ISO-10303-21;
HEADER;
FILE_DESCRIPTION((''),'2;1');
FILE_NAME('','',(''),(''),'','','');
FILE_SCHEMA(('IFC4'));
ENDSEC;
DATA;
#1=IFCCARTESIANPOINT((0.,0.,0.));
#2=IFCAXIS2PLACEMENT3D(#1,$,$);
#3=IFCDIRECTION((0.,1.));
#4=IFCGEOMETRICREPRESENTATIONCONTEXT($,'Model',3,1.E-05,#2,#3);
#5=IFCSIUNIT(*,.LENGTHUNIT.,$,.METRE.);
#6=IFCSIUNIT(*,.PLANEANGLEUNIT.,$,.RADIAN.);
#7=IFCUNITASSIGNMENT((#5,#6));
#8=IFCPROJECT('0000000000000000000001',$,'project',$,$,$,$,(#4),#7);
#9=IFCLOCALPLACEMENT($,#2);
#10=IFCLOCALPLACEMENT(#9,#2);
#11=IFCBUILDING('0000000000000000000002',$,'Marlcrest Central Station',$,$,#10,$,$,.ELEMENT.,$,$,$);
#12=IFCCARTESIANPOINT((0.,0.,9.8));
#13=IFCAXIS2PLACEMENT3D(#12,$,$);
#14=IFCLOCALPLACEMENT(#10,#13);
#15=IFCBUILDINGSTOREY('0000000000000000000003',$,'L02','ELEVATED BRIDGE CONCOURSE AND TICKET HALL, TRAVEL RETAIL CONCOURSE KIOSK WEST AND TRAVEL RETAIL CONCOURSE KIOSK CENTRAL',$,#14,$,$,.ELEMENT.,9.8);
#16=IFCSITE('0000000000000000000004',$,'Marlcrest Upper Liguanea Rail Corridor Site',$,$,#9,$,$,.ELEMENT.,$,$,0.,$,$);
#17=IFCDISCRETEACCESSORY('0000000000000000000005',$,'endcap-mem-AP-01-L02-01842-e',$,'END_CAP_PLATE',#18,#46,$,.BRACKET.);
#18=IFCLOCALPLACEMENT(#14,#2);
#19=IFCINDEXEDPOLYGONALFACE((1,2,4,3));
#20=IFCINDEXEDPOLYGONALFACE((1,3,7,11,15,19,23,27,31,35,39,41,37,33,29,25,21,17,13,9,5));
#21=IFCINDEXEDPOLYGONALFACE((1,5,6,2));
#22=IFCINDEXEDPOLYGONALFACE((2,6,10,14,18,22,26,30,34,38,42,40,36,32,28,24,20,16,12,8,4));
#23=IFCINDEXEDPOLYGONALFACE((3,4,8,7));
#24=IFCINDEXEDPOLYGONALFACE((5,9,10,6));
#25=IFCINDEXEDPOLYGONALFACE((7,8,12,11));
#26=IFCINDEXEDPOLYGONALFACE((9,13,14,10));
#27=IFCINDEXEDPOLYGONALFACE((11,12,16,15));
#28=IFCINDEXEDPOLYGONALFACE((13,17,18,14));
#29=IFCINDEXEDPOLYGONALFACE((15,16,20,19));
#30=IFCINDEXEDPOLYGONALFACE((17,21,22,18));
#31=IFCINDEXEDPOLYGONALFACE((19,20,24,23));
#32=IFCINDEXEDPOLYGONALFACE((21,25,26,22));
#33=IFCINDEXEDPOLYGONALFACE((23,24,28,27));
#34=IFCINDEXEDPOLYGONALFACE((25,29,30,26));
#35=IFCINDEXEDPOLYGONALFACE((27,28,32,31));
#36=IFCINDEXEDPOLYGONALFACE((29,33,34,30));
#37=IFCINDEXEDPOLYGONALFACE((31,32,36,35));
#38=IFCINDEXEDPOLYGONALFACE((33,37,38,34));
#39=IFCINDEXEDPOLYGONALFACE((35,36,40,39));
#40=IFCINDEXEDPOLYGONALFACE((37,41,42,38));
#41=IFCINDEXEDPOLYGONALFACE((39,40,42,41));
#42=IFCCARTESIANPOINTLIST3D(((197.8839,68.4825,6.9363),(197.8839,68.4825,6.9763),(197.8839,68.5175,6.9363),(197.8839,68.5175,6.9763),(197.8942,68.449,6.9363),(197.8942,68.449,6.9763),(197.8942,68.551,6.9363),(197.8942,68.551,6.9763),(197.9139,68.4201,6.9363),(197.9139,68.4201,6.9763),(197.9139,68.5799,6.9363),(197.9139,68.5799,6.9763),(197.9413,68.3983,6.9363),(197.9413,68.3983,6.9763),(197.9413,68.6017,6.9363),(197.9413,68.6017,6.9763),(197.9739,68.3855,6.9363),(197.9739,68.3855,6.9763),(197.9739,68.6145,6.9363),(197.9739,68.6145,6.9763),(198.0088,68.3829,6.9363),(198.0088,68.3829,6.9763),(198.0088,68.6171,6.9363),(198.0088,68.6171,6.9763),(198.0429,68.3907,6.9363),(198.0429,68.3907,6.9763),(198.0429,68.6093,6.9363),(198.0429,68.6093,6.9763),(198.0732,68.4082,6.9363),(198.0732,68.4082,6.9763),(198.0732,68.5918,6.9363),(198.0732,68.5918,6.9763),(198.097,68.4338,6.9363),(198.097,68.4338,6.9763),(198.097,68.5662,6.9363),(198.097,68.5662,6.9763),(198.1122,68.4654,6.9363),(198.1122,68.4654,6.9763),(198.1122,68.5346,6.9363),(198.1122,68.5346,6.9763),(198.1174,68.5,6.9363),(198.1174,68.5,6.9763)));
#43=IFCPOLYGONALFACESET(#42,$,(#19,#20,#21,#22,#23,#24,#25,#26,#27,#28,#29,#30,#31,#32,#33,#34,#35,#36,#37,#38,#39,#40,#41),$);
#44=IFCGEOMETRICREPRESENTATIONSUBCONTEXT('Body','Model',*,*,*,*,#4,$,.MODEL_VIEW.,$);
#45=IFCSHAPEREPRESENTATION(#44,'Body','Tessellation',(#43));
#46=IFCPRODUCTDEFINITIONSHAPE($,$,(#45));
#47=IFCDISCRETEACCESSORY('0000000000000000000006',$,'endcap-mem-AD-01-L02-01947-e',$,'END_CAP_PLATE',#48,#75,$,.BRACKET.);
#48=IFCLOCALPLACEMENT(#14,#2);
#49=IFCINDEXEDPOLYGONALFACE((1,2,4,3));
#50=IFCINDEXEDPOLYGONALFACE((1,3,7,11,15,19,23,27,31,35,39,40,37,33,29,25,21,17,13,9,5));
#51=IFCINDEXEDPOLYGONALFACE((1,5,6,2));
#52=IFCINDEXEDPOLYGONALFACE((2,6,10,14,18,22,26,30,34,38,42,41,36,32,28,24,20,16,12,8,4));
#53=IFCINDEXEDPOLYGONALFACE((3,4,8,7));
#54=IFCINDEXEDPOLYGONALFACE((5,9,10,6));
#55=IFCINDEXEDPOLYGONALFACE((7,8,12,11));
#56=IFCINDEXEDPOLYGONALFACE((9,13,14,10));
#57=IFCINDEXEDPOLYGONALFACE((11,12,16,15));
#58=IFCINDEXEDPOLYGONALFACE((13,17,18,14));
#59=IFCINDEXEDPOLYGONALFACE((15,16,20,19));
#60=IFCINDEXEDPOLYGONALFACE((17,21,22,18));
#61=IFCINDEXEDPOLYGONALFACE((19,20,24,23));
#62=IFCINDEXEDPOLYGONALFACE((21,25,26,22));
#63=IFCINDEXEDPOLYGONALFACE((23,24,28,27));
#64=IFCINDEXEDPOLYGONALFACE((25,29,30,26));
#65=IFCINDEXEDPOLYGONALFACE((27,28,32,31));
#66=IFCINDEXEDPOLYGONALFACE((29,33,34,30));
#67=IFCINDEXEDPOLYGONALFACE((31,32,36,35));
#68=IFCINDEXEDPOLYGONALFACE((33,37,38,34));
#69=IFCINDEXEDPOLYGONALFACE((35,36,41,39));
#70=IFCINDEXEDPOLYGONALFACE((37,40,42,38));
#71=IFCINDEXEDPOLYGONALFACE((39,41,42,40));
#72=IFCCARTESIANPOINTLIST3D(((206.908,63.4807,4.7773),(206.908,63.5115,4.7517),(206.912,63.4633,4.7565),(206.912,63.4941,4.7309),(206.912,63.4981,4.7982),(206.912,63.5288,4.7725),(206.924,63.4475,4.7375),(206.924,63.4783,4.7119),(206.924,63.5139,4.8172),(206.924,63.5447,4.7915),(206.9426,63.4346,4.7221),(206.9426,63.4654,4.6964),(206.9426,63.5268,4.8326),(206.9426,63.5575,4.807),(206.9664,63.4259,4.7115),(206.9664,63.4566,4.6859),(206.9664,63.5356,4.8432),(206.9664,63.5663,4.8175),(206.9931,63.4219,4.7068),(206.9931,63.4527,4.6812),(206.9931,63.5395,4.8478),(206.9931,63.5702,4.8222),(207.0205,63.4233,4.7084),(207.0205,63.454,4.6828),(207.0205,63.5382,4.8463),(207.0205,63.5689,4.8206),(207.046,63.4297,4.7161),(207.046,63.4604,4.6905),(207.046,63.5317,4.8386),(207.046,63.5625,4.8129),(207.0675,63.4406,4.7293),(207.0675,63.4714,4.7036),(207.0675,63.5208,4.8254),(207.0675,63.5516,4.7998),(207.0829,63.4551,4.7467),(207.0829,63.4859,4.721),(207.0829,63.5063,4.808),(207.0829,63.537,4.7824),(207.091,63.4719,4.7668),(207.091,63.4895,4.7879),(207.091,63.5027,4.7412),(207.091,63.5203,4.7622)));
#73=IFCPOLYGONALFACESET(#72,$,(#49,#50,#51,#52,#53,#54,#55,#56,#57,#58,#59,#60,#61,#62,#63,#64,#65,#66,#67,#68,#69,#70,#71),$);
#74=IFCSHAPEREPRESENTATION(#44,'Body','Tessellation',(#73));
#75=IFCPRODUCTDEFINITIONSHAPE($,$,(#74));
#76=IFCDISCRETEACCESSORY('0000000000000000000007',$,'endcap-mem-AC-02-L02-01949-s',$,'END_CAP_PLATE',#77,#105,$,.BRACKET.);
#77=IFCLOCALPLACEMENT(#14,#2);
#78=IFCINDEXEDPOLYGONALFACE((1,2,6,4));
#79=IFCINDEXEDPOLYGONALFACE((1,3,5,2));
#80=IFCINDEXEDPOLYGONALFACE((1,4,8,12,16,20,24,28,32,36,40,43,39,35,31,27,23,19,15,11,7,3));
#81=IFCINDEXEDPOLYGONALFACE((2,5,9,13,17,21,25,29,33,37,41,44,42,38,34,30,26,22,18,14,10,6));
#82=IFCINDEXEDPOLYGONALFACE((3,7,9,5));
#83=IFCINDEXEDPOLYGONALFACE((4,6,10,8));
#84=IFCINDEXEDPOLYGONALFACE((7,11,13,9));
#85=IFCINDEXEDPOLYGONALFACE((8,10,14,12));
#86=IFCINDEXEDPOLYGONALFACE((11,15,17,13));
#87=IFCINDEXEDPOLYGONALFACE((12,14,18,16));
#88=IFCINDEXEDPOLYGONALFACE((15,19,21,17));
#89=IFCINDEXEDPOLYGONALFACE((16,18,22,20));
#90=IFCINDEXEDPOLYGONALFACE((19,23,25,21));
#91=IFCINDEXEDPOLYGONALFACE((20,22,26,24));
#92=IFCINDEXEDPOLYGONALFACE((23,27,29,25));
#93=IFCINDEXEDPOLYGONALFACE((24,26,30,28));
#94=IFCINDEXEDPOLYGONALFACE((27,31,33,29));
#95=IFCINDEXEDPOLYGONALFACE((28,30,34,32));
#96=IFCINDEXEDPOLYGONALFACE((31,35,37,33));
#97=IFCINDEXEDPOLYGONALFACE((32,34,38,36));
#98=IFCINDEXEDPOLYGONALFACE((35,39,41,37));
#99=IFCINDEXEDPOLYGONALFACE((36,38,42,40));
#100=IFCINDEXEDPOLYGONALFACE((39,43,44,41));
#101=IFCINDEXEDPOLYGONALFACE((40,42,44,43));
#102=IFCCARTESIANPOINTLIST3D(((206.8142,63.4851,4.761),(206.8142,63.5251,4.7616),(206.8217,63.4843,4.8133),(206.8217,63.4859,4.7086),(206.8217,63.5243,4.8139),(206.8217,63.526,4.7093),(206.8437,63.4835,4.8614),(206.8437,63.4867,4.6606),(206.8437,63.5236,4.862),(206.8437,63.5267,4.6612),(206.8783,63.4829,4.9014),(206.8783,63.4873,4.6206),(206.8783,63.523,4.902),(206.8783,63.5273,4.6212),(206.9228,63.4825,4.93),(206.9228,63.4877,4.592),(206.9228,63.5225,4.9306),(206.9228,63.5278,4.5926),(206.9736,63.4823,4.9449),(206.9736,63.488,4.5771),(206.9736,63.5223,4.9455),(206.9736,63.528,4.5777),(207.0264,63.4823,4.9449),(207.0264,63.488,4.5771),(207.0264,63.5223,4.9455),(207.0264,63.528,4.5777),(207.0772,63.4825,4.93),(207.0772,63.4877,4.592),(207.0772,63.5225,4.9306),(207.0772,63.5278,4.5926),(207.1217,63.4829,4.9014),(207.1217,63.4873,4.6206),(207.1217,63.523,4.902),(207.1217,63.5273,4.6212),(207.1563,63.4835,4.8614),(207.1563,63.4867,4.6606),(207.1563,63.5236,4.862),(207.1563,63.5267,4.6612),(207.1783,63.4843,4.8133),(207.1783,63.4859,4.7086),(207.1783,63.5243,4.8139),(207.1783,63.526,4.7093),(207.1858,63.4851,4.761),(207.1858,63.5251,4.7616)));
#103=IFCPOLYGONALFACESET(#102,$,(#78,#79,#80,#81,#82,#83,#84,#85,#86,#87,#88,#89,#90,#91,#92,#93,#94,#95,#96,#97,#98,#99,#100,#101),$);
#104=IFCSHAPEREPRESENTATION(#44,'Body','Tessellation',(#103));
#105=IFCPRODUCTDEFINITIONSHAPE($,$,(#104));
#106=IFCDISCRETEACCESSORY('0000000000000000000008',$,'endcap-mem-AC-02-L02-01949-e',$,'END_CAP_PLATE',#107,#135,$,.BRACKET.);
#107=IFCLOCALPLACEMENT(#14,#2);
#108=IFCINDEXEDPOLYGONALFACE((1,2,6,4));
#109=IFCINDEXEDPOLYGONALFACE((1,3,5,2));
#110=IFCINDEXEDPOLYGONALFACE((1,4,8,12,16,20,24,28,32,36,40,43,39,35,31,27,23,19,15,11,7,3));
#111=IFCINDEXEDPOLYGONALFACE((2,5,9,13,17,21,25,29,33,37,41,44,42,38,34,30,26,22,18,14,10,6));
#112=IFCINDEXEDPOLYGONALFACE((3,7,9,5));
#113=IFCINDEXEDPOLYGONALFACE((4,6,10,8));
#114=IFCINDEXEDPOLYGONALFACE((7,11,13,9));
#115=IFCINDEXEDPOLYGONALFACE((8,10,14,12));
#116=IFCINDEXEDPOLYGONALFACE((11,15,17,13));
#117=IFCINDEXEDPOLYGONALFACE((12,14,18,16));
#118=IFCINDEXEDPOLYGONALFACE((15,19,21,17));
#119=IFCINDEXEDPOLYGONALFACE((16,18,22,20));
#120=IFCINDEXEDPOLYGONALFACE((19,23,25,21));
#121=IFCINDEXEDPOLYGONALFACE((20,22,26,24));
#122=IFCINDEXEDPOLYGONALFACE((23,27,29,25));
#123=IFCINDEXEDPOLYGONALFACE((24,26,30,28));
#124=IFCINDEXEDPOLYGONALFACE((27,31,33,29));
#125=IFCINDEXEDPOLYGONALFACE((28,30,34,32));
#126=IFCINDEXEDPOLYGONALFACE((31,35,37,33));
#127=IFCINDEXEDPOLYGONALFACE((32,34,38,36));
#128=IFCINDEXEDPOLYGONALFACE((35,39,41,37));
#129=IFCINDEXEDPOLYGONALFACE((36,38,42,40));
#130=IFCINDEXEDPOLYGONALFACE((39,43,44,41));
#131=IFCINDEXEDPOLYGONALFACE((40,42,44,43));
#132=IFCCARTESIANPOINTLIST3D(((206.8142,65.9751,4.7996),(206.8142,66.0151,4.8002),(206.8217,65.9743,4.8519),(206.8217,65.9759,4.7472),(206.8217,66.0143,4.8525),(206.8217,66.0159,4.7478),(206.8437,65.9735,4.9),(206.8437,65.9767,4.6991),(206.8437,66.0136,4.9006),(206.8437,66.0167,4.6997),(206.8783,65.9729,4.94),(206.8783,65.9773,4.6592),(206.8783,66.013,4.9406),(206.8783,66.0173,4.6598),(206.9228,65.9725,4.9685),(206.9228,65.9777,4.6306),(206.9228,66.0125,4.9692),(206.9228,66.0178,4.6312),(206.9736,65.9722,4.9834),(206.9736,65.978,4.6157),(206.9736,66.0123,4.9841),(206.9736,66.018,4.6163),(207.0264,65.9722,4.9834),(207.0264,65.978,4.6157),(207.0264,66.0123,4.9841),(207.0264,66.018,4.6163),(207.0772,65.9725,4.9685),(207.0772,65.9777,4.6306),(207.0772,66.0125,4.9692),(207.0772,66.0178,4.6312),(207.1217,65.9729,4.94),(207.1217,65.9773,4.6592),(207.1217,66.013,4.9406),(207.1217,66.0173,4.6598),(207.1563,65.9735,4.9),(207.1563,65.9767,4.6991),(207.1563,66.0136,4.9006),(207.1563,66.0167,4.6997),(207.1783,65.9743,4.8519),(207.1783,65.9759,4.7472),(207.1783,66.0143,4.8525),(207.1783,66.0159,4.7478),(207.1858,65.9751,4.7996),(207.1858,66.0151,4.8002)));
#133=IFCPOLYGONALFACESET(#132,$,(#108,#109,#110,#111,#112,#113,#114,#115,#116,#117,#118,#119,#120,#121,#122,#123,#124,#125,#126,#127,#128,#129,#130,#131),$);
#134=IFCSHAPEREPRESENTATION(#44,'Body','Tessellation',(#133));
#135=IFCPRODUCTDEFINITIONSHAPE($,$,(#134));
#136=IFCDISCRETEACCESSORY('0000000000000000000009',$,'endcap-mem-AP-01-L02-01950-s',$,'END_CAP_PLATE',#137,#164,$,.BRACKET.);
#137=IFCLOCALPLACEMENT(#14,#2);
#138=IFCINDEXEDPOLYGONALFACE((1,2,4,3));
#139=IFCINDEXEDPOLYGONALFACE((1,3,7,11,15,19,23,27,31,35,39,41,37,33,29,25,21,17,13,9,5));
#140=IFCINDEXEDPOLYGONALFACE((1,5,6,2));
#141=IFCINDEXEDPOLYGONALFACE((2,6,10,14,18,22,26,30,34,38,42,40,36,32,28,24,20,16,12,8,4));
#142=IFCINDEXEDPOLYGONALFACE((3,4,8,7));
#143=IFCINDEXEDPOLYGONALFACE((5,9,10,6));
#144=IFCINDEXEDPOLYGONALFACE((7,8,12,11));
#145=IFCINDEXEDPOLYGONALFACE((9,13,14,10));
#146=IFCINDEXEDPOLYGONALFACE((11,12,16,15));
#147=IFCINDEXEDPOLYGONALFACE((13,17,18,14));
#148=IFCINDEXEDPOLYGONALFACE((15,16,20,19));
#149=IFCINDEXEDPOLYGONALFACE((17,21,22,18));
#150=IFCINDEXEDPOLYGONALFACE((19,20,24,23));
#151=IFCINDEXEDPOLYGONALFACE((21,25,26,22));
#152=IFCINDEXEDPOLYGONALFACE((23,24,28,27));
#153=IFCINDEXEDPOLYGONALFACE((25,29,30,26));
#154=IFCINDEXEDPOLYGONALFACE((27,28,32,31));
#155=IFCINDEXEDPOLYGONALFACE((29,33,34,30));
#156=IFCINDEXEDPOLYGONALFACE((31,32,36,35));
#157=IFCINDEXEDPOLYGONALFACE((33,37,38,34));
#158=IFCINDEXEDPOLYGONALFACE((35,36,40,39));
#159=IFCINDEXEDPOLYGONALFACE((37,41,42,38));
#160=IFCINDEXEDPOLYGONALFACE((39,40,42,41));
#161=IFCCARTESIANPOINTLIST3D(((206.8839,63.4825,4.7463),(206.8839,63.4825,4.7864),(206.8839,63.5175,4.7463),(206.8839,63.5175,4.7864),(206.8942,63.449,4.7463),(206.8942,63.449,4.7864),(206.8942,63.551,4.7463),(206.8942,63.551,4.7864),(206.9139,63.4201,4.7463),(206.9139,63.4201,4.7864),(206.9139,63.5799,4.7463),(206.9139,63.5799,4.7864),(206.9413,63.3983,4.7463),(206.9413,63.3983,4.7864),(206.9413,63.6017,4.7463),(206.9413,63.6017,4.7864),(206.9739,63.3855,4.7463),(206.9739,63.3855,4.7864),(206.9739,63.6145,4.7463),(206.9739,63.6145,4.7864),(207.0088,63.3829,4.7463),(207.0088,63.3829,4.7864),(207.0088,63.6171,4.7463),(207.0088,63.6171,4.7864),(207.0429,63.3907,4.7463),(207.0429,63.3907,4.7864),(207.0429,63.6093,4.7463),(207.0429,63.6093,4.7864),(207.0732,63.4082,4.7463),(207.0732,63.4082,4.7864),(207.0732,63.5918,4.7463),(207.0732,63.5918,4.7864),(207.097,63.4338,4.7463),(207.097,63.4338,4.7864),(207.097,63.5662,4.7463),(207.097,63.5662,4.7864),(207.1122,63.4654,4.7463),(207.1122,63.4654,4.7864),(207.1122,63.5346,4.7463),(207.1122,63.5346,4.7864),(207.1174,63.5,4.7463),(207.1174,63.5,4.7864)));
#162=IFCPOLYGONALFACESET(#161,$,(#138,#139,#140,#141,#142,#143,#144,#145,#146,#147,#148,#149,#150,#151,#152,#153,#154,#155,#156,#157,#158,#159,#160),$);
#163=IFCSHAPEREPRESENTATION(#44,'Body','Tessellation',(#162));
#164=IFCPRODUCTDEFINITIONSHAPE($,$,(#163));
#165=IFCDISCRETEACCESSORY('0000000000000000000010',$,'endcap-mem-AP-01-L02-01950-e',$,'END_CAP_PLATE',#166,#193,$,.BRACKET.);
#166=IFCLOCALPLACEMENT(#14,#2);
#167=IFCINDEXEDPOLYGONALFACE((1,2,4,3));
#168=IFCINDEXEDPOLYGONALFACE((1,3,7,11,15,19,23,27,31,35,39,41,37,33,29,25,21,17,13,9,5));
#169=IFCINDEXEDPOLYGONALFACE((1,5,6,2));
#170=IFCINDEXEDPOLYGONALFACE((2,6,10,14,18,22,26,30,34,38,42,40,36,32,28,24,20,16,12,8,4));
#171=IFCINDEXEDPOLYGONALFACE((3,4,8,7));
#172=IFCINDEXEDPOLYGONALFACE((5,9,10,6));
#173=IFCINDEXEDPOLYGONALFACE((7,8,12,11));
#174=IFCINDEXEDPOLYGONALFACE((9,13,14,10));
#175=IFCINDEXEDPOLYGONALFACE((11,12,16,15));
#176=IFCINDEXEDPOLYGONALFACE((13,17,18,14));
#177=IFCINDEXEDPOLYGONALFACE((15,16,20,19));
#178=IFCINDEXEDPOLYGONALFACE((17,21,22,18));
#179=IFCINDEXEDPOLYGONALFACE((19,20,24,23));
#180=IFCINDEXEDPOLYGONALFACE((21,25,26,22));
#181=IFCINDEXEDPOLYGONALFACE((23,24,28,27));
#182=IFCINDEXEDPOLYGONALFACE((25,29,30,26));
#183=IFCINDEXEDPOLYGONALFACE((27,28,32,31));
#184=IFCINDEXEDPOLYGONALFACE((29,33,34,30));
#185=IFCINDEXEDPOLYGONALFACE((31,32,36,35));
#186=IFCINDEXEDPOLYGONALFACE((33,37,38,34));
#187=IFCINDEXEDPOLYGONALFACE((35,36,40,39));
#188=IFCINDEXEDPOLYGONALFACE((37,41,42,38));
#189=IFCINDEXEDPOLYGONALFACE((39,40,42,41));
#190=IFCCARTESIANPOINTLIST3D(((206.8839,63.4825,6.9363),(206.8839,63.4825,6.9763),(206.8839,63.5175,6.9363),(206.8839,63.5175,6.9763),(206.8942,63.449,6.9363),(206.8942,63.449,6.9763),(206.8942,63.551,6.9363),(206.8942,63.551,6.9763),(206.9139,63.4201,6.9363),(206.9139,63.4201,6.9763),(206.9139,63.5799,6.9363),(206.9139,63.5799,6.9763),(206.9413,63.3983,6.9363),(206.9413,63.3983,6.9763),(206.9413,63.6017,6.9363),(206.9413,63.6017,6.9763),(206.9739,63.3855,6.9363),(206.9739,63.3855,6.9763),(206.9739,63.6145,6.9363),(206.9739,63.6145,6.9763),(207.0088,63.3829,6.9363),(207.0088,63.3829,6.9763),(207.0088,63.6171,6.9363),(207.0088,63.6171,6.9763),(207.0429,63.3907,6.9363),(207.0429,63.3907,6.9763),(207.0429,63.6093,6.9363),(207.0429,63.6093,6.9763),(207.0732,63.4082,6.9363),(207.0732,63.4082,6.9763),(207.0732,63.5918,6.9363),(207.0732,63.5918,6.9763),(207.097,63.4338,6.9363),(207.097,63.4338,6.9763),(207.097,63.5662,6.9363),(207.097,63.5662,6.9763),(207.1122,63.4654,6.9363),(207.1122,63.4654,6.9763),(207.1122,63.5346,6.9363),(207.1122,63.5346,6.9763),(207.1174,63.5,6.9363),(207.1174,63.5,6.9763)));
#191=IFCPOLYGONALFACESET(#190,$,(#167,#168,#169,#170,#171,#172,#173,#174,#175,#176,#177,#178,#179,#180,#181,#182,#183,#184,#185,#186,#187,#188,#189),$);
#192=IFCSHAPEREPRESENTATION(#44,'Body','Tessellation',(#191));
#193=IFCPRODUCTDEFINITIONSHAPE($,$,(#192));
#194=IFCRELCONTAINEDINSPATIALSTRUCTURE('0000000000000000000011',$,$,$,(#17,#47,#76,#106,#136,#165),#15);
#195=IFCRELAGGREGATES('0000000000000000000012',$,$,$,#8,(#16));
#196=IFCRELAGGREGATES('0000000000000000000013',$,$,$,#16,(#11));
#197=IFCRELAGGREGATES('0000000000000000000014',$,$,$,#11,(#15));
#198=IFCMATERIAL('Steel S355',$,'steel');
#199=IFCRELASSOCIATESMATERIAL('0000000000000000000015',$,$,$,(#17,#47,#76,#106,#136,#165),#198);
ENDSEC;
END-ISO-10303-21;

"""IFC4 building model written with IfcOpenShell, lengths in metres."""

from ifc_helpers import new_model, si_unit, direction, frame, origin, origin_2d, place, context, subcontext, project, spatial, circle, extrude, material, element, save


model = new_model("IFC4")

# Units and contexts
model_context = context("Model", 3, precision=1e-05, world=origin(), true_north=direction((0.0, 1.0)))
body_context = subcontext(model_context, "Body", "Model", "MODEL_VIEW")
ifc_project = project(units=[si_unit("LENGTHUNIT", "METRE"), si_unit("PLANEANGLEUNIT", "RADIAN")], contexts=[model_context])

# Site, building, storey
site_placement = place(None, origin())
site = spatial("IfcSite", under=ifc_project, at=site_placement, Name="Marlcrest Upper Liguanea Rail Corridor Site", CompositionType="ELEMENT", RefElevation=0.0)
building_placement = place(site_placement, origin())
building = spatial("IfcBuilding", under=site, at=building_placement, Name="Marlcrest Central Station", CompositionType="ELEMENT")
storey_placement = place(building_placement, frame((0.0, 0.0, 9.8)))
storey = spatial("IfcBuildingStorey", under=building, at=storey_placement, Name="L02", Description="ELEVATED BRIDGE CONCOURSE AND TICKET HALL, TRAVEL RETAIL CONCOURSE KIOSK WEST AND TRAVEL RETAIL CONCOURSE KIOSK CENTRAL", CompositionType="ELEMENT", Elevation=9.8)

# Shared definitions
ifc_material = material(Name="Steel S355", Category="steel")

# Discrete accessories
for number, where, z_axis, x_axis, name in (
    (1, (198.0, 68.5, 6.9363), (0.0, 0.0, 1.0), (1.0, 0.0, 0.0), "endcap-mem-AP-01-L02-01842-e"),
):
    element("IfcDiscreteAccessory", number, at=place(storey_placement, frame(where, z_axis=z_axis, x_axis=x_axis)), inside=storey, material=ifc_material, Name=name, ObjectType="END_CAP_PLATE", PredefinedType="BRACKET", context=body_context, shape_type="SweptSolid", body=[
        extrude(circle(Radius=0.1174, at=origin_2d()), origin(), (0.0, 0.0, 1.0), 0.04),
    ])
discrete_accessory_1_placement = place(storey_placement, frame((207.0, 63.4807, 4.7773), z_axis=(0.0, 0.76816, -0.640258), x_axis=(-1.0, 0.0, 0.0)))
element("IfcDiscreteAccessory", 2, at=discrete_accessory_1_placement, inside=storey, material=ifc_material, Name="endcap-mem-AD-01-L02-01947-e", ObjectType="END_CAP_PLATE", PredefinedType="BRACKET", context=body_context, shape_type="SweptSolid", body=[
    extrude(circle(Radius=0.092, at=origin_2d()), origin(), (0.0, 0.0, 1.0), 0.04),
])
for number, where, z_axis, x_axis, name in (
    (3, (207.0, 63.4851, 4.761), (0.0, 0.999879, 0.015525), (-1.0, 0.0, 0.0), "endcap-mem-AC-02-L02-01949-s"),
    (4, (207.0, 65.9751, 4.7996), (0.0, 0.999879, 0.015525), (-1.0, 0.0, 0.0), "endcap-mem-AC-02-L02-01949-e"),
):
    element("IfcDiscreteAccessory", number, at=place(storey_placement, frame(where, z_axis=z_axis, x_axis=x_axis)), inside=storey, material=ifc_material, Name=name, ObjectType="END_CAP_PLATE", PredefinedType="BRACKET", context=body_context, shape_type="SweptSolid", body=[
        extrude(circle(Radius=0.1858, at=origin_2d()), origin(), (0.0, 0.0, 1.0), 0.04),
    ])
for number, where, z_axis, x_axis, name in (
    (5, (207.0, 63.5, 4.7463), (0.0, 0.0, 1.0), (1.0, 0.0, 0.0), "endcap-mem-AP-01-L02-01950-s"),
    (6, (207.0, 63.5, 6.9363), (0.0, 0.0, 1.0), (1.0, 0.0, 0.0), "endcap-mem-AP-01-L02-01950-e"),
):
    element("IfcDiscreteAccessory", number, at=place(storey_placement, frame(where, z_axis=z_axis, x_axis=x_axis)), inside=storey, material=ifc_material, Name=name, ObjectType="END_CAP_PLATE", PredefinedType="BRACKET", context=body_context, shape_type="SweptSolid", body=[
        extrude(circle(Radius=0.1174, at=origin_2d()), origin(), (0.0, 0.0, 1.0), 0.04),
    ])

save(model, "model.ifc")
